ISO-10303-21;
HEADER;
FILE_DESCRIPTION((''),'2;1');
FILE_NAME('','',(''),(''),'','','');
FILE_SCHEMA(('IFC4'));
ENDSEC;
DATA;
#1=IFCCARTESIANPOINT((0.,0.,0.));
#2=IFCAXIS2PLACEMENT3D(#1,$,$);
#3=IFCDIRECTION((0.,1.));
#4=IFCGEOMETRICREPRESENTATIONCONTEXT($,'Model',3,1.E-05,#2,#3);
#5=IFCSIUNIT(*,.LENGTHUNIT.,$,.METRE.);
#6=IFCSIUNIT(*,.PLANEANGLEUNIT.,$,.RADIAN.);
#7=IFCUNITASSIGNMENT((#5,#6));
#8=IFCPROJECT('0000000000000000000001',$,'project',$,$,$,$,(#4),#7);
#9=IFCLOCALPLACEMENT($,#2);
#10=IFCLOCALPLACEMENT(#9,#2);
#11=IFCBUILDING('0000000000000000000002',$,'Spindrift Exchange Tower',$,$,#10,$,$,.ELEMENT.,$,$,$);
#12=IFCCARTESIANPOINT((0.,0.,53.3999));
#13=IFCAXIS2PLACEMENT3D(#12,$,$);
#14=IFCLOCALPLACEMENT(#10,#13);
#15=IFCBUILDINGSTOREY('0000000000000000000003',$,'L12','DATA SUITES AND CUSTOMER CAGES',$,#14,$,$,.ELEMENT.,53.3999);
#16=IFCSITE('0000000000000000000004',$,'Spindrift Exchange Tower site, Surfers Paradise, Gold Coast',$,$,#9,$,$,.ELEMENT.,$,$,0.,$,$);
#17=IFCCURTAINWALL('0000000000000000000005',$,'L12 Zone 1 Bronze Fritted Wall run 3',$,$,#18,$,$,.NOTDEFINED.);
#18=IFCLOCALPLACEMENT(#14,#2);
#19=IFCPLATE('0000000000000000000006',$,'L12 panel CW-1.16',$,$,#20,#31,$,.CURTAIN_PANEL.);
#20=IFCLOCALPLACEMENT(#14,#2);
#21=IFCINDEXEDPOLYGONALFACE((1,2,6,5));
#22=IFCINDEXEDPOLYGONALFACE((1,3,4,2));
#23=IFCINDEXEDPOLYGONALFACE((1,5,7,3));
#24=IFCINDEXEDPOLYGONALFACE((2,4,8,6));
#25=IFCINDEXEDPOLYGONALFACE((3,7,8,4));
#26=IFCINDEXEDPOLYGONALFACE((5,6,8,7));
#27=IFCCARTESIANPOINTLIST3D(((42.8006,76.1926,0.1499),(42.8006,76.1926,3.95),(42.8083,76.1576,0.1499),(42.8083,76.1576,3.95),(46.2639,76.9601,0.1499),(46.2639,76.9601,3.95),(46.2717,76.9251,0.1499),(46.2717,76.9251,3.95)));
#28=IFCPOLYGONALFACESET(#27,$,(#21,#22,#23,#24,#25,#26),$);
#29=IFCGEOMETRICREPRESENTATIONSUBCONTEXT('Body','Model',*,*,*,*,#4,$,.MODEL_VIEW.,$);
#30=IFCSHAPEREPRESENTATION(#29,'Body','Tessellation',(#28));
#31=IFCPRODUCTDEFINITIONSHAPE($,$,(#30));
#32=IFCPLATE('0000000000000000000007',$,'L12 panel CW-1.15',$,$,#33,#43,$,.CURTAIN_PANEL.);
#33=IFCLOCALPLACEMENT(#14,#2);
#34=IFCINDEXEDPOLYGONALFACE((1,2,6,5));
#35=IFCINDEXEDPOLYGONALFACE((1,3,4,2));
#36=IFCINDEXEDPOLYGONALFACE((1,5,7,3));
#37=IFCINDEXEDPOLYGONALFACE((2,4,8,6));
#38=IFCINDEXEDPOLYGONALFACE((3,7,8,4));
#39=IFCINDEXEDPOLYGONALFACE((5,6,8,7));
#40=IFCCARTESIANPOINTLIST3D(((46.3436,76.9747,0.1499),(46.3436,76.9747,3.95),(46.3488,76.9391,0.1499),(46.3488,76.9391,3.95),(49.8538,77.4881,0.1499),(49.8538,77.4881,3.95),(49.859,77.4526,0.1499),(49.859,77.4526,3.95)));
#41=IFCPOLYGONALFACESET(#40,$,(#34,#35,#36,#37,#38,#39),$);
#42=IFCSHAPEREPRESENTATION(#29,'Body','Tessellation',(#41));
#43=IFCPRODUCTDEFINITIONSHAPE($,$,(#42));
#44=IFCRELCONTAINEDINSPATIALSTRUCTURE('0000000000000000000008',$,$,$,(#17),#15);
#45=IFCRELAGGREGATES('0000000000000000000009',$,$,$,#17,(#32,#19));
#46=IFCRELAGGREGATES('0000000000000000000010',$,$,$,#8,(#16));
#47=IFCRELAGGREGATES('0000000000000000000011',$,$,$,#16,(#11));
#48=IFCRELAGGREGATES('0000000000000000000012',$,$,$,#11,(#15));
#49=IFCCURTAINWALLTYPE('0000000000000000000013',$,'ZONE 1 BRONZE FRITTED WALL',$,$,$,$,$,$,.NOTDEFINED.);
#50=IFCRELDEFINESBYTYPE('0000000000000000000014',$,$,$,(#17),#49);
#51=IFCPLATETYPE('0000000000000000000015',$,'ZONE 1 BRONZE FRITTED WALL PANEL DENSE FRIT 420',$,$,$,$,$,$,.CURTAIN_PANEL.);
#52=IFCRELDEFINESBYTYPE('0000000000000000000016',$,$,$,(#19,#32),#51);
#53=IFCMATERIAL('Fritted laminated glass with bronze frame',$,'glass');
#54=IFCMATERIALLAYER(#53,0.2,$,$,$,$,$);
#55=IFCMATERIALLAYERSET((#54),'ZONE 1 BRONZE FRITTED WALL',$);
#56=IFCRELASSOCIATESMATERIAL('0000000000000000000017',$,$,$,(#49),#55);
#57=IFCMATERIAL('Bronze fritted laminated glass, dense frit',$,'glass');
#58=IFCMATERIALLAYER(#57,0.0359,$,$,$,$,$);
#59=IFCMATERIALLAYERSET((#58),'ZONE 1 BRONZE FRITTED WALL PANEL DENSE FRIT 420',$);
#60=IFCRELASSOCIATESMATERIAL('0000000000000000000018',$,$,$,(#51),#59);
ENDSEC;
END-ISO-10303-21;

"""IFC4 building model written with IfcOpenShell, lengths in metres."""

from ifc_helpers import new_model, si_unit, direction, frame, origin, origin_2d, place, context, subcontext, project, spatial, rectangle, extrude, source, transform, mapped, material, layer, layer_set, type_object, element, aggregate, save


model = new_model("IFC4")

# Units and contexts
model_context = context("Model", 3, precision=1e-05, world=origin(), true_north=direction((0.0, 1.0)))
body_context = subcontext(model_context, "Body", "Model", "MODEL_VIEW")
ifc_project = project(units=[si_unit("LENGTHUNIT", "METRE"), si_unit("PLANEANGLEUNIT", "RADIAN")], contexts=[model_context])

# Site, building, storey
site_placement = place(None, origin())
site = spatial("IfcSite", under=ifc_project, at=site_placement, Name="Spindrift Exchange Tower site, Surfers Paradise, Gold Coast", CompositionType="ELEMENT", RefElevation=0.0)
building_placement = place(site_placement, origin())
building = spatial("IfcBuilding", under=site, at=building_placement, Name="Spindrift Exchange Tower", CompositionType="ELEMENT")
storey_placement = place(building_placement, frame((0.0, 0.0, 53.3999)))
storey = spatial("IfcBuildingStorey", under=building, at=storey_placement, Name="L12", Description="DATA SUITES AND CUSTOMER CAGES", CompositionType="ELEMENT", Elevation=53.3999)

# Curtain wall, plates
ifc_material_1 = material(Name="Fritted laminated glass with bronze frame", Category="glass")
ifc_layer_1 = layer(ifc_material_1, 0.2)
ifc_layer_set_1 = layer_set([ifc_layer_1], Name="ZONE 1 BRONZE FRITTED WALL")
curtain_wall_type = type_object("IfcCurtainWallType", Name="ZONE 1 BRONZE FRITTED WALL", PredefinedType="NOTDEFINED", material=ifc_layer_set_1)
curtain_wall_placement = place(storey_placement, origin())
curtain_wall = element("IfcCurtainWall", 1, at=curtain_wall_placement, inside=storey, type_object=curtain_wall_type, Name="L12 Zone 1 Bronze Fritted Wall run 3", PredefinedType="NOTDEFINED")
ifc_material_2 = material(Name="Bronze fritted laminated glass, dense frit", Category="glass")
ifc_layer_2 = layer(ifc_material_2, 0.0359)
ifc_layer_set_2 = layer_set([ifc_layer_2], Name="ZONE 1 BRONZE FRITTED WALL PANEL DENSE FRIT 420")
plate_type_1 = type_object("IfcPlateType", Name="ZONE 1 BRONZE FRITTED WALL PANEL DENSE FRIT 420", PredefinedType="CURTAIN_PANEL", material=ifc_layer_set_2)
shared_shape_1 = source(origin(), body_context, "Body", "SweptSolid", [
    extrude(rectangle(XDim=3.5474, YDim=0.0359, at=origin_2d()), origin(), (0.0, 0.0, 1.0), 3.8),
])
plate_1_placement = place(storey_placement, frame((44.5361, 76.5588, 0.1499), z_axis=(0.0, 0.0, 1.0), x_axis=(-0.976314, -0.216358, 0.0)))
plate_1 = element("IfcPlate", 2, at=plate_1_placement, type_object=plate_type_1, Name="L12 panel CW-1.16", PredefinedType="CURTAIN_PANEL", context=body_context, shape_type="MappedRepresentation", body=[
    mapped(shared_shape_1, transform((0.0, 0.0, 0.0), scale=1.0)),
])
shared_shape_2 = source(origin(), body_context, "Body", "SweptSolid", [
    extrude(rectangle(XDim=3.5476, YDim=0.0359, at=origin_2d()), origin(), (0.0, 0.0, 1.0), 3.8),
])
plate_2_placement = place(storey_placement, frame((48.1013, 77.2136, 0.1499), z_axis=(0.0, 0.0, 1.0), x_axis=(-0.989472, -0.144728, 0.0)))
plate_2 = element("IfcPlate", 3, at=plate_2_placement, type_object=plate_type_1, Name="L12 panel CW-1.15", PredefinedType="CURTAIN_PANEL", context=body_context, shape_type="MappedRepresentation", body=[
    mapped(shared_shape_2, transform((0.0, 0.0, 0.0), scale=1.0)),
])
aggregate(curtain_wall, [plate_2, plate_1])

save(model, "model.ifc")
